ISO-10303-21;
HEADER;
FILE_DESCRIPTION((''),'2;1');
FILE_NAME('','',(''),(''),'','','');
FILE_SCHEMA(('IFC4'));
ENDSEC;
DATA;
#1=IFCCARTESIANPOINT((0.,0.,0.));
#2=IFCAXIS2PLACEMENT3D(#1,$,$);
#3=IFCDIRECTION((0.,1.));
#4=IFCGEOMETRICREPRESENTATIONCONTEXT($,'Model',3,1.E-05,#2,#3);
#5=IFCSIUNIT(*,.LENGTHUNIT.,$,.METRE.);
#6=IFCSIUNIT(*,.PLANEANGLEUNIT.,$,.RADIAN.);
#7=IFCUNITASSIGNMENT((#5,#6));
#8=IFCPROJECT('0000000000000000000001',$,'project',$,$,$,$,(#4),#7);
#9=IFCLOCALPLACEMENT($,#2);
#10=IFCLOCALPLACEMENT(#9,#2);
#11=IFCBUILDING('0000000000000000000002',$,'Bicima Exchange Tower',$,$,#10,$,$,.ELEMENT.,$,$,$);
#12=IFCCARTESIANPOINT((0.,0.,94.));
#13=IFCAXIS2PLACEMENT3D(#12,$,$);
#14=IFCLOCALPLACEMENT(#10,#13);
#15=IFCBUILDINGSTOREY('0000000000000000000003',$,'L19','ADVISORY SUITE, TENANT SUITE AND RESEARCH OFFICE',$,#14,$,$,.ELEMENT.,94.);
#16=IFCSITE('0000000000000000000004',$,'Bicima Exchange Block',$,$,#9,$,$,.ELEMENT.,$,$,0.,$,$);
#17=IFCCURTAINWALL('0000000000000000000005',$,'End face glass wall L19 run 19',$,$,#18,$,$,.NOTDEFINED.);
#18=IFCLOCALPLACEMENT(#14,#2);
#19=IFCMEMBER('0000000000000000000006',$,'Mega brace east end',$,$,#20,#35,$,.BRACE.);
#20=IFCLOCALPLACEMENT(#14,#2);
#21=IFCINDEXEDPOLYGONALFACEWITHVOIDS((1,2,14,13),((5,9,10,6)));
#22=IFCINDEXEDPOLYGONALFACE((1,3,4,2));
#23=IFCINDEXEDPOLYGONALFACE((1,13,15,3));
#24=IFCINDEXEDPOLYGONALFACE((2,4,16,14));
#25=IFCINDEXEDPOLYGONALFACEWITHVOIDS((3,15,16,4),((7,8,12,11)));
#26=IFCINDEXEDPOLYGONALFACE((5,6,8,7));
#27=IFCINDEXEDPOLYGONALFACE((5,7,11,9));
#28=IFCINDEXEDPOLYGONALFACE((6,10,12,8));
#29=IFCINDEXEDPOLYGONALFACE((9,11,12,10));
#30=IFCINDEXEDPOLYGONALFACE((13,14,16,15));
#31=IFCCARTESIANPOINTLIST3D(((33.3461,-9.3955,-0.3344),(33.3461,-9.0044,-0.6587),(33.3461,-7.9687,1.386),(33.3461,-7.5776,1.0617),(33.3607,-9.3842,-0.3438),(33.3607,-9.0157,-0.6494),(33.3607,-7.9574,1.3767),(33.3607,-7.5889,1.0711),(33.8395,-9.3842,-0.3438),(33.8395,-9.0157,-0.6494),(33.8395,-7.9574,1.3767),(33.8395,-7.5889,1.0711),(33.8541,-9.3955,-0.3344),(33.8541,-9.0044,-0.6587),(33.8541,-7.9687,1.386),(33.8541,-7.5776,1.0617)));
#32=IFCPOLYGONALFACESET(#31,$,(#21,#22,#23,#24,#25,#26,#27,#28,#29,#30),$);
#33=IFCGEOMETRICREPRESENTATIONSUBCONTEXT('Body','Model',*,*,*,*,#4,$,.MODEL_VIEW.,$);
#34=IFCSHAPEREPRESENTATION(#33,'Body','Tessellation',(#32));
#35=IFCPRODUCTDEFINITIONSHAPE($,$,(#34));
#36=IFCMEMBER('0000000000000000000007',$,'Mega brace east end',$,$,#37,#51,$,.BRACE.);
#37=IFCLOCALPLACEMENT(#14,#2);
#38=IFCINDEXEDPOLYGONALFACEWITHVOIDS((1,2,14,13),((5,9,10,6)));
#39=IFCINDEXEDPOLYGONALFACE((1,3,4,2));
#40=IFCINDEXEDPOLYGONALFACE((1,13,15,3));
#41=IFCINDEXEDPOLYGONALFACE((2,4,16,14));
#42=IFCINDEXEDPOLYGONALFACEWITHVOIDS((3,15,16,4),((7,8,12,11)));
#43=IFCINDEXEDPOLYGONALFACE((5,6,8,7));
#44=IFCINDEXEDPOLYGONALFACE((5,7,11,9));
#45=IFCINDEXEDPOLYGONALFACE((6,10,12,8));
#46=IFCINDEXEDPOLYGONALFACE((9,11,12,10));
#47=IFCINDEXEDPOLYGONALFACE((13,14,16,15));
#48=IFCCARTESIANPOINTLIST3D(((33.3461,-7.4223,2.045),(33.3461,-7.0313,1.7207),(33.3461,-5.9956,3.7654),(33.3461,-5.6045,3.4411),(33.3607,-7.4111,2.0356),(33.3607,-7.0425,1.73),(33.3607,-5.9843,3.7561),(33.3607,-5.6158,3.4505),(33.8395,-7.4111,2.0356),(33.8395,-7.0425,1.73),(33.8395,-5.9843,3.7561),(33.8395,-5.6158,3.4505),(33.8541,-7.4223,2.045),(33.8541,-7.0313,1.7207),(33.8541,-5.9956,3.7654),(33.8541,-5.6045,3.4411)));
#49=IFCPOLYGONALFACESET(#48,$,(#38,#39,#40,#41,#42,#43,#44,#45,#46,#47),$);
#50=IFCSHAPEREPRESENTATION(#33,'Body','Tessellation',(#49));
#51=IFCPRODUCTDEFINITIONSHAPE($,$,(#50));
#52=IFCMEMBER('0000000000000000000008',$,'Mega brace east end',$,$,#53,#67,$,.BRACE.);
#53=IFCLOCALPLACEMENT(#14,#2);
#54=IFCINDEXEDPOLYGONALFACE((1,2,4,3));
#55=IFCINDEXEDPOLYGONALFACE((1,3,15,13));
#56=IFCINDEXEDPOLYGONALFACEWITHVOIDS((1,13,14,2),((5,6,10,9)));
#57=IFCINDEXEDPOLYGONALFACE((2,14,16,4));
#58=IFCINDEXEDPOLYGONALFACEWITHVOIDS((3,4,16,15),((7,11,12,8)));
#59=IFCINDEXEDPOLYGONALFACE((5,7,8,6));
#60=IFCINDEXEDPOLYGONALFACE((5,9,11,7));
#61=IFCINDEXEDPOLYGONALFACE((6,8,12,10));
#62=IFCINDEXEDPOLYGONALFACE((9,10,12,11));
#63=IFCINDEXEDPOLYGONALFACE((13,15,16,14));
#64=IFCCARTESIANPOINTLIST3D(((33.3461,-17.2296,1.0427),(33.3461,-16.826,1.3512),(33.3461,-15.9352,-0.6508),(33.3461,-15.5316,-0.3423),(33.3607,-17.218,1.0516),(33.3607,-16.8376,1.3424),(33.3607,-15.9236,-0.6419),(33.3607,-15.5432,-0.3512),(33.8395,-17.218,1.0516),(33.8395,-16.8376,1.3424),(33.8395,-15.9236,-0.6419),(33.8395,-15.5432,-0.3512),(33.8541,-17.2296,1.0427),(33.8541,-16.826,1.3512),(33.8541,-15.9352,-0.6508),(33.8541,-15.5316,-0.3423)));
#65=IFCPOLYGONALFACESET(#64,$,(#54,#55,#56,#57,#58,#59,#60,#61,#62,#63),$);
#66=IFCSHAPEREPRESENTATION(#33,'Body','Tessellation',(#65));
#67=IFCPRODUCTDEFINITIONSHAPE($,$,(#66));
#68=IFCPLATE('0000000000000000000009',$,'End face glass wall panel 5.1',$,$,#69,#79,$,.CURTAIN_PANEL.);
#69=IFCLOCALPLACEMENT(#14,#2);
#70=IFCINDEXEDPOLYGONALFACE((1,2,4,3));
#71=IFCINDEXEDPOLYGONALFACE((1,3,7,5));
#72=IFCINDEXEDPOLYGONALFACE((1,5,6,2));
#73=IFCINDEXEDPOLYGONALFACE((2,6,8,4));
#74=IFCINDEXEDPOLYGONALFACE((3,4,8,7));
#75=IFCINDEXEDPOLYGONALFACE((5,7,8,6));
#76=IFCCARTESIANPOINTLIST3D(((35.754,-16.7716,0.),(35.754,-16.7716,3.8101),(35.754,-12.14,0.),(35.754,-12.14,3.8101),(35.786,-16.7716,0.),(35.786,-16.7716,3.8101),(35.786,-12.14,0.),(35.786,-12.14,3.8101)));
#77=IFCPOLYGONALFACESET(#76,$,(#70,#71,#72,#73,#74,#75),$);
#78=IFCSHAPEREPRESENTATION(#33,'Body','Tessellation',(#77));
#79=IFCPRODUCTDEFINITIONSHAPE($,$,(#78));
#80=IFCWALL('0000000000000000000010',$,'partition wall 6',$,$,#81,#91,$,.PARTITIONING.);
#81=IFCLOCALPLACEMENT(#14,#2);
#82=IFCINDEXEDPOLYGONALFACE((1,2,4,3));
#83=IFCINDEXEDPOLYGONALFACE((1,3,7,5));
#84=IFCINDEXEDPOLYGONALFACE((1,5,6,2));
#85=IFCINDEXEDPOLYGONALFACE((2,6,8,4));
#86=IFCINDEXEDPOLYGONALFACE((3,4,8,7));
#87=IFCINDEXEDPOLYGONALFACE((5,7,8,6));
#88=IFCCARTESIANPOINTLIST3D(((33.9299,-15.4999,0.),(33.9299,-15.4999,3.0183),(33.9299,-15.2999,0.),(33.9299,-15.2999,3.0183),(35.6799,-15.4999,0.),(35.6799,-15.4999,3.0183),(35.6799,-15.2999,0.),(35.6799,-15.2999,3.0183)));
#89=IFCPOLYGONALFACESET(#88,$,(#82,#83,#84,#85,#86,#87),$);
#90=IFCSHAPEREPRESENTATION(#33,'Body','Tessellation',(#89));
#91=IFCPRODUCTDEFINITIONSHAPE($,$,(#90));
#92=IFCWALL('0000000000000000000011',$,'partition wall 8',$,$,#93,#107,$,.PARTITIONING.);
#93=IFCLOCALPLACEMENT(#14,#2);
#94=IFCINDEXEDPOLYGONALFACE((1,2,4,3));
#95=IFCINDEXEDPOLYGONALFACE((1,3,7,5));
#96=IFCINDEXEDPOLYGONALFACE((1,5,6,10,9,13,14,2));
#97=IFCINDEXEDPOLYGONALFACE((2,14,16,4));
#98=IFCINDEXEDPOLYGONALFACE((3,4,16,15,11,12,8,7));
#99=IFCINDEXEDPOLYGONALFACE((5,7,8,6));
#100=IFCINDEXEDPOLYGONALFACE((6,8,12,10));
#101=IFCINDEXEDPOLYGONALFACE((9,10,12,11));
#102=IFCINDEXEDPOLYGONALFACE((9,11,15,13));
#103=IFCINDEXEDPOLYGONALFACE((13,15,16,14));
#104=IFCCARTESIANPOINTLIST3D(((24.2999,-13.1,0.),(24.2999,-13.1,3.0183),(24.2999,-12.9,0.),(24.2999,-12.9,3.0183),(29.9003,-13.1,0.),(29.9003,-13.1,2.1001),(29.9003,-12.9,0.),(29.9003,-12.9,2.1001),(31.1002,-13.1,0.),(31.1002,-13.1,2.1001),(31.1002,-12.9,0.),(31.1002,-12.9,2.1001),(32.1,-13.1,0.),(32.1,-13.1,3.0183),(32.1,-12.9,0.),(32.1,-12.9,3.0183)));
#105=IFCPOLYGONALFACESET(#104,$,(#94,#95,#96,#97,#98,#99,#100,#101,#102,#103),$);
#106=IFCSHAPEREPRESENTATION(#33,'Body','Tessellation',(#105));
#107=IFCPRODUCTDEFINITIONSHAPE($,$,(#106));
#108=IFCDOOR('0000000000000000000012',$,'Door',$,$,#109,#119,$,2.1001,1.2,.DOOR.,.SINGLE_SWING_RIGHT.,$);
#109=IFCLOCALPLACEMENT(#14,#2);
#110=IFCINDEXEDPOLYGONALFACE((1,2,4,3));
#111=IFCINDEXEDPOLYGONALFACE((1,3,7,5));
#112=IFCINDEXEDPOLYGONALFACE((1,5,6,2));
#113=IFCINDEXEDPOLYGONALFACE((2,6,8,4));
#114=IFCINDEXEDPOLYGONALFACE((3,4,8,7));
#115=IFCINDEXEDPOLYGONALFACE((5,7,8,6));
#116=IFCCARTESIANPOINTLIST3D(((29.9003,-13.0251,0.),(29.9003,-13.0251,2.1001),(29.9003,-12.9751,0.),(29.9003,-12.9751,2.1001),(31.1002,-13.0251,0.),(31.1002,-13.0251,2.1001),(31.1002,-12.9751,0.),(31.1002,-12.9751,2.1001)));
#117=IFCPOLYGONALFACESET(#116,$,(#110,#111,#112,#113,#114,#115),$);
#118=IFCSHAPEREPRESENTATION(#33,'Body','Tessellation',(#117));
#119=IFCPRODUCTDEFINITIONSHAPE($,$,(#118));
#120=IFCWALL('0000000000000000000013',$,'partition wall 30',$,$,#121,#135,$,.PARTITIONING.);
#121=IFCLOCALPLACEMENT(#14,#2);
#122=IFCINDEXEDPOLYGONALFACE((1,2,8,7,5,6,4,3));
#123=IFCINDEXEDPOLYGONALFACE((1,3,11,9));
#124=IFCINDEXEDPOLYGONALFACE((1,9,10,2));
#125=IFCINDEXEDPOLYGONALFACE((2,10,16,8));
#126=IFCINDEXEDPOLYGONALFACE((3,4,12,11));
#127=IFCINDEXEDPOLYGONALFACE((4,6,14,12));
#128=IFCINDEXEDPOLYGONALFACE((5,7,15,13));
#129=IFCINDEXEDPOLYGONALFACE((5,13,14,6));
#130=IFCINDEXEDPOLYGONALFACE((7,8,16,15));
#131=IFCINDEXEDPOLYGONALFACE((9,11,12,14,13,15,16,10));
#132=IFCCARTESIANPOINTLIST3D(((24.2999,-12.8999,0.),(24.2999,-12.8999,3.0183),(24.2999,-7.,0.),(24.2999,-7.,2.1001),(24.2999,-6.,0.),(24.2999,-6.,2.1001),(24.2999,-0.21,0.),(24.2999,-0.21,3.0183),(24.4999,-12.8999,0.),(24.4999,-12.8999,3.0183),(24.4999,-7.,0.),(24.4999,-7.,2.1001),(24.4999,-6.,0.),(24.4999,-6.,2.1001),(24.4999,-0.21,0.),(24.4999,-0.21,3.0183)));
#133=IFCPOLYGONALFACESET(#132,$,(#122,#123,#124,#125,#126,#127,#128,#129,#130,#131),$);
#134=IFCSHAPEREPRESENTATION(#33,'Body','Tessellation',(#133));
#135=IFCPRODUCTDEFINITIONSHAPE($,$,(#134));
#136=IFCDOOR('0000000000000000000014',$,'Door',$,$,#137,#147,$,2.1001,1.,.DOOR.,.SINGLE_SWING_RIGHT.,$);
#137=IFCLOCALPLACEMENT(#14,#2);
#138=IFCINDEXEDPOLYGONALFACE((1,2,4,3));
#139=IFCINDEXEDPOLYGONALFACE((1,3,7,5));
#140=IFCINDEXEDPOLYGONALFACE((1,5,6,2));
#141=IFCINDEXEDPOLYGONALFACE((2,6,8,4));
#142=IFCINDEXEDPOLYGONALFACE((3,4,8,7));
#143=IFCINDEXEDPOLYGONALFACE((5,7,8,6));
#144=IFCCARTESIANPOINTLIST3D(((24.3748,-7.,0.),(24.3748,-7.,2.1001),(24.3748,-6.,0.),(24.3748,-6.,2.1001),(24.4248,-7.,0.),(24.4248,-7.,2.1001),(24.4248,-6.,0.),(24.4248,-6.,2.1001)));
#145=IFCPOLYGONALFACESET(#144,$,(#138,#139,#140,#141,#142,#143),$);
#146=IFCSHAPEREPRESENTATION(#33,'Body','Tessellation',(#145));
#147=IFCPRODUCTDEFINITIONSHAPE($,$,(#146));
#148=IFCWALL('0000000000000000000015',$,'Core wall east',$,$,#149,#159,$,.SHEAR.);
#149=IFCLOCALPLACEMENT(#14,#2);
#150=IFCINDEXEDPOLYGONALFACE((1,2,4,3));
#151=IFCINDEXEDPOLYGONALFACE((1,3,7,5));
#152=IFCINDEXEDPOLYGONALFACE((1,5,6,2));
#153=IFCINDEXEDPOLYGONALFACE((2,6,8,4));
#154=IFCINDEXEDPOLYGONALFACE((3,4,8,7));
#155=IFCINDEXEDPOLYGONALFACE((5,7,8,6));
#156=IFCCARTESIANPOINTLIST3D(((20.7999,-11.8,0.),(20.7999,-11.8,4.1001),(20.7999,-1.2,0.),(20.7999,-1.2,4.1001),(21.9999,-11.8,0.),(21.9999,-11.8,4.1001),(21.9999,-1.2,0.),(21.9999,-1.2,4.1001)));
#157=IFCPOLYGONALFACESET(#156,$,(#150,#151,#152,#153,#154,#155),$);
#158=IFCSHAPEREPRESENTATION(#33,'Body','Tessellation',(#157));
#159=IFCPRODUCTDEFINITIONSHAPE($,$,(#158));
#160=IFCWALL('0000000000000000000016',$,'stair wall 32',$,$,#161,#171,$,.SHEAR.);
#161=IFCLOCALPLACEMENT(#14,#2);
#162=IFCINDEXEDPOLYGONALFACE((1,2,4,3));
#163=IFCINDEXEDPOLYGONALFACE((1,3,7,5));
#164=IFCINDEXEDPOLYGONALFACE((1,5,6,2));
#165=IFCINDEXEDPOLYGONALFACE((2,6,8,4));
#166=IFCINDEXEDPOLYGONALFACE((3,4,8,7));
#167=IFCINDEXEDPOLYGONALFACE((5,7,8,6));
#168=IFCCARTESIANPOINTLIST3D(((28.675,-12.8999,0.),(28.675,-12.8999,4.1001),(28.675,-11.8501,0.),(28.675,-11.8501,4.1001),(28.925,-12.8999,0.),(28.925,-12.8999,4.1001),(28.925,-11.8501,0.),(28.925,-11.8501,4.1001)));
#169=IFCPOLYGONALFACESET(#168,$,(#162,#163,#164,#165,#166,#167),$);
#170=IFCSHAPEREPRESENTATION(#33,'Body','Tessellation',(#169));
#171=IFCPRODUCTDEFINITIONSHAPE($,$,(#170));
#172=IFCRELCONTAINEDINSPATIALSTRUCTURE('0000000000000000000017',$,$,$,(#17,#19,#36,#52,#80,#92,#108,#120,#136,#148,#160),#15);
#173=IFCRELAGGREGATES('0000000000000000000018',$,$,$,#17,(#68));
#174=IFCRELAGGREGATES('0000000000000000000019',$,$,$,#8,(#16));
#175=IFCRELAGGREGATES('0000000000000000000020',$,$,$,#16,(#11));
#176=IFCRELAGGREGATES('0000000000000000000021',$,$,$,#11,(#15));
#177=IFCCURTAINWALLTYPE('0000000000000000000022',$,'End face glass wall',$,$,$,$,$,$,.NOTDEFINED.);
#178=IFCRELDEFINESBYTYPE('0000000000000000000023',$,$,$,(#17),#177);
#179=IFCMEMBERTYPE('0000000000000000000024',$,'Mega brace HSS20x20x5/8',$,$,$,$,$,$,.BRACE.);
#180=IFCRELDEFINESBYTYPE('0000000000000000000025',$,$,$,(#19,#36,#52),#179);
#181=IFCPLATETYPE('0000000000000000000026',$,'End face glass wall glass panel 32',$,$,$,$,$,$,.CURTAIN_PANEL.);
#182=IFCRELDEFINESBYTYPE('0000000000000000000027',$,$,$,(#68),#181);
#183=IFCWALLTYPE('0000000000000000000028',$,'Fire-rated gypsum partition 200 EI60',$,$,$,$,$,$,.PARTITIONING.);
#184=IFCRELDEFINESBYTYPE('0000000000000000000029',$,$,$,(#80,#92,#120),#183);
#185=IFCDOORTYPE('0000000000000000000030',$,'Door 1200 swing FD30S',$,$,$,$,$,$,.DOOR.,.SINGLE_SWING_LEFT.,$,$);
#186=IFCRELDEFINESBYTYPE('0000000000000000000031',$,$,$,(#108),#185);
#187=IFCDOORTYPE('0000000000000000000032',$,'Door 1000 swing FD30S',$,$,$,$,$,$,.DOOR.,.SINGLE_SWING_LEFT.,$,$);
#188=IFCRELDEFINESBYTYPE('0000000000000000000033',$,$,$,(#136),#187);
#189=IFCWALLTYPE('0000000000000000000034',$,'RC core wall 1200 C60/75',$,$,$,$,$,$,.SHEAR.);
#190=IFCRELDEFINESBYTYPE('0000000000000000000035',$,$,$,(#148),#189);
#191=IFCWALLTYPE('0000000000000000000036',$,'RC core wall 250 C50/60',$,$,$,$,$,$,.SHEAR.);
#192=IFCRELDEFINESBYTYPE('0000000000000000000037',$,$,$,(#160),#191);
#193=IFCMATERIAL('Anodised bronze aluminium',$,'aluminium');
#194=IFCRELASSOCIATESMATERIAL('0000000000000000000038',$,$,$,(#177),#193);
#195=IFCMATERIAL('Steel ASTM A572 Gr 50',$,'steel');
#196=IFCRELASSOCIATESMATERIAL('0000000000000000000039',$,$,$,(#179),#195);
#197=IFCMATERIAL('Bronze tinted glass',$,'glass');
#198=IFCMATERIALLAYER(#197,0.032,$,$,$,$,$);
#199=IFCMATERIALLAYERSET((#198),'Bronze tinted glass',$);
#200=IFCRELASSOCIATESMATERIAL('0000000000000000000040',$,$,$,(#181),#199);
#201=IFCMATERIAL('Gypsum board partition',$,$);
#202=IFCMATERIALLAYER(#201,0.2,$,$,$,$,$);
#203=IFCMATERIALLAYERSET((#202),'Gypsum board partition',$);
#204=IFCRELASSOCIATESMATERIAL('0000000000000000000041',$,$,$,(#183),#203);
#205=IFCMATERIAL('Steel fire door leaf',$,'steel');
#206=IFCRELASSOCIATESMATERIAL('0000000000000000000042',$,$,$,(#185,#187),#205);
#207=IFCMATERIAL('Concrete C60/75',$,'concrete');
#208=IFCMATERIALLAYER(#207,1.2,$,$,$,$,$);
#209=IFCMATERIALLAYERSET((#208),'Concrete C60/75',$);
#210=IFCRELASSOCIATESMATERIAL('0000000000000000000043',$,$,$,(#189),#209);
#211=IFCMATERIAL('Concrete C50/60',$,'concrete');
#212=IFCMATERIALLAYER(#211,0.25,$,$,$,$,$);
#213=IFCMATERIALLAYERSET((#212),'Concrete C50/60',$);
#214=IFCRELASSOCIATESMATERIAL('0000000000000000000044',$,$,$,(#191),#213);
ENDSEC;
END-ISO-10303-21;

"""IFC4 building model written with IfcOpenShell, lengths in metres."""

from ifc_helpers import new_model, si_unit, direction, frame, frame_2d, origin, origin_2d, place, context, subcontext, project, spatial, rectangle, hollow_rectangle, extrude, material, layer, layer_set, material_profile, profile_set, type_object, element, fill, aggregate, save


model = new_model("IFC4")

# Units and contexts
model_context = context("Model", 3, precision=1e-05, world=origin(), true_north=direction((0.0, 1.0)))
body_context = subcontext(model_context, "Body", "Model", "MODEL_VIEW")
ifc_project = project(units=[si_unit("LENGTHUNIT", "METRE"), si_unit("PLANEANGLEUNIT", "RADIAN")], contexts=[model_context])

# Site, building, storey
site_placement = place(None, origin())
site = spatial("IfcSite", under=ifc_project, at=site_placement, Name="Bicima Exchange Block", CompositionType="ELEMENT", RefElevation=0.0)
building_placement = place(site_placement, origin())
building = spatial("IfcBuilding", under=site, at=building_placement, Name="Bicima Exchange Tower", CompositionType="ELEMENT")
storey_placement = place(building_placement, frame((0.0, 0.0, 94.0)))
storey = spatial("IfcBuildingStorey", under=building, at=storey_placement, Name="L19", Description="ADVISORY SUITE, TENANT SUITE AND RESEARCH OFFICE", CompositionType="ELEMENT", Elevation=94.0)

# Shared definitions
ifc_material_1 = material(Name="Steel ASTM A572 Gr 50", Category="steel")

# Curtain wall
ifc_material_2 = material(Name="Anodised bronze aluminium", Category="aluminium")
curtain_wall_type = type_object("IfcCurtainWallType", Name="End face glass wall", PredefinedType="NOTDEFINED", material=ifc_material_2)
curtain_wall_placement = place(storey_placement, origin())
curtain_wall = element("IfcCurtainWall", 1, at=curtain_wall_placement, inside=storey, type_object=curtain_wall_type, Name="End face glass wall L19 run 19", PredefinedType="NOTDEFINED")

# Members
ifc_material_profile_1 = material_profile(ifc_material_1, hollow_rectangle(XDim=0.5081, YDim=0.5081, WallThickness=0.0146, at=origin_2d()))
ifc_profile_set_1 = profile_set([ifc_material_profile_1], Name="Steel ASTM A572 Gr 50")
member_type_1 = type_object("IfcMemberType", Name="Mega brace HSS20x20x5/8", PredefinedType="BRACE", material=ifc_profile_set_1)
for number, where, z_axis, x_axis, name in (
    (2, (33.6001, -9.2, -0.4966), (0.0, 0.638345, 0.76975), (-1.0, 0.0, 0.0), "Mega brace east end"),
    (3, (33.6001, -7.2268, 1.8828), (0.0, 0.638345, 0.76975), (-1.0, 0.0, 0.0), "Mega brace east end"),
):
    element("IfcMember", number, at=place(storey_placement, frame(where, z_axis=z_axis, x_axis=x_axis)), inside=storey, type_object=member_type_1, Name=name, PredefinedType="BRACE", context=body_context, shape_type="SweptSolid", body=[
        extrude(hollow_rectangle(XDim=0.5081, YDim=0.5081, WallThickness=0.0146, at=origin_2d()), origin(), (0.0, 0.0, 1.0), 2.2351),
    ])
member_1_placement = place(storey_placement, frame((33.6001, -15.7334, -0.4966), z_axis=(0.0, -0.60725, 0.794511), x_axis=(1.0, 0.0, 0.0)))
element("IfcMember", 4, at=member_1_placement, inside=storey, type_object=member_type_1, Name="Mega brace east end", PredefinedType="BRACE", context=body_context, shape_type="SweptSolid", body=[
    extrude(hollow_rectangle(XDim=0.5081, YDim=0.5081, WallThickness=0.0146, at=origin_2d()), origin(), (0.0, 0.0, 1.0), 2.1316),
])

# Plate
ifc_material_3 = material(Name="Bronze tinted glass", Category="glass")
ifc_layer_1 = layer(ifc_material_3, 0.032)
ifc_layer_set_1 = layer_set([ifc_layer_1], Name="Bronze tinted glass")
plate_type = type_object("IfcPlateType", Name="End face glass wall glass panel 32", PredefinedType="CURTAIN_PANEL", material=ifc_layer_set_1)
plate_placement = place(storey_placement, frame((35.77, -14.4558, 0.0), z_axis=(0.0, 0.0, 1.0), x_axis=(0.0, 1.0, 0.0)))
plate = element("IfcPlate", 5, at=plate_placement, type_object=plate_type, Name="End face glass wall panel 5.1", PredefinedType="CURTAIN_PANEL", context=body_context, shape_type="SweptSolid", body=[
    extrude(rectangle(XDim=4.6316, YDim=0.032, at=origin_2d()), origin(), (0.0, 0.0, 1.0), 3.8101),
])
aggregate(curtain_wall, [plate])

# Wall
ifc_material_4 = material(Name="Gypsum board partition")
ifc_layer_2 = layer(ifc_material_4, 0.2)
ifc_layer_set_2 = layer_set([ifc_layer_2], Name="Gypsum board partition")
wall_type_1 = type_object("IfcWallType", Name="Fire-rated gypsum partition 200 EI60", PredefinedType="PARTITIONING", material=ifc_layer_set_2)
wall_1_placement = place(storey_placement, frame((33.9299, -15.3999, 0.0), z_axis=(0.0, 0.0, 1.0), x_axis=(1.0, 0.0, 0.0)))
element("IfcWall", 6, at=wall_1_placement, inside=storey, type_object=wall_type_1, Name="partition wall 6", PredefinedType="PARTITIONING", context=body_context, shape_type="SweptSolid", body=[
    extrude(rectangle(XDim=1.75, YDim=0.2, at=frame_2d((0.875, 0.0))), origin(), (0.0, 0.0, 1.0), 3.0183),
])

# Walls, openings, doors
wall_2_placement = place(storey_placement, frame((24.3, -13.0, 0.0), z_axis=(0.0, 0.0, 1.0), x_axis=(1.0, 0.0, 0.0)))
wall_2 = element("IfcWall", 7, at=wall_2_placement, inside=storey, type_object=wall_type_1, Name="partition wall 8", PredefinedType="PARTITIONING", context=body_context, shape_type="SweptSolid", body=[
    extrude(rectangle(XDim=7.8, YDim=0.2, at=frame_2d((3.8999, 0.0))), origin(), (0.0, 0.0, 1.0), 3.0183),
])
opening_1_placement = place(wall_2_placement, frame((5.6001, 0.0, 0.0)))
opening_1 = element("IfcOpeningElement", 8, at=opening_1_placement, cuts=wall_2, PredefinedType="OPENING", context=body_context, shape_type="SweptSolid", body=[
    extrude(rectangle(XDim=1.2, YDim=2.1001, at=frame_2d((0.6001, 1.05))), frame((0.0, 0.1118, 0.0), z_axis=(0.0, -1.0, 0.0), x_axis=(1.0, 0.0, 0.0)), (0.0, 0.0, 1.0), 0.2239),
])
ifc_material_5 = material(Name="Steel fire door leaf", Category="steel")
door_type_1 = type_object("IfcDoorType", Name="Door 1200 swing FD30S", OperationType="SINGLE_SWING_LEFT", PredefinedType="DOOR", material=ifc_material_5)
door_1_placement = place(opening_1_placement, origin())
door_1 = element("IfcDoor", 9, at=door_1_placement, inside=storey, type_object=door_type_1, Name="Door", OperationType="SINGLE_SWING_RIGHT", OverallHeight=2.1001, OverallWidth=1.2, PredefinedType="DOOR", context=body_context, shape_type="SweptSolid", body=[
    extrude(rectangle(XDim=1.2, YDim=2.1001, at=frame_2d((0.6001, 1.05))), frame((0.0, 0.0249, 0.0), z_axis=(0.0, -1.0, 0.0), x_axis=(1.0, 0.0, 0.0)), (0.0, 0.0, 1.0), 0.05),
])
fill(opening_1, door_1)
wall_3_placement = place(storey_placement, frame((24.3999, -12.8999, 0.0), z_axis=(0.0, 0.0, 1.0), x_axis=(0.0, 1.0, 0.0)))
wall_3 = element("IfcWall", 10, at=wall_3_placement, inside=storey, type_object=wall_type_1, Name="partition wall 30", PredefinedType="PARTITIONING", context=body_context, shape_type="SweptSolid", body=[
    extrude(rectangle(XDim=12.6899, YDim=0.2, at=frame_2d((6.345, 0.0))), origin(), (0.0, 0.0, 1.0), 3.0183),
])
opening_2_placement = place(wall_3_placement, frame((5.8999, 0.0, 0.0)))
opening_2 = element("IfcOpeningElement", 11, at=opening_2_placement, cuts=wall_3, PredefinedType="OPENING", context=body_context, shape_type="SweptSolid", body=[
    extrude(rectangle(XDim=1.0, YDim=2.1001, at=frame_2d((0.5, 1.05))), frame((0.0, 0.1118, 0.0), z_axis=(0.0, -1.0, 0.0), x_axis=(1.0, 0.0, 0.0)), (0.0, 0.0, 1.0), 0.2239),
])
door_type_2 = type_object("IfcDoorType", Name="Door 1000 swing FD30S", OperationType="SINGLE_SWING_LEFT", PredefinedType="DOOR", material=ifc_material_5)
door_2_placement = place(opening_2_placement, frame((1.0, 0.0, 0.0), z_axis=(0.0, 0.0, 1.0), x_axis=(-1.0, 0.0, 0.0)))
door_2 = element("IfcDoor", 12, at=door_2_placement, inside=storey, type_object=door_type_2, Name="Door", OperationType="SINGLE_SWING_RIGHT", OverallHeight=2.1001, OverallWidth=1.0, PredefinedType="DOOR", context=body_context, shape_type="SweptSolid", body=[
    extrude(rectangle(XDim=1.0, YDim=2.1001, at=frame_2d((0.5, 1.05))), frame((0.0, 0.0249, 0.0), z_axis=(0.0, -1.0, 0.0), x_axis=(1.0, 0.0, 0.0)), (0.0, 0.0, 1.0), 0.05),
])
fill(opening_2, door_2)

# Walls
ifc_material_6 = material(Name="Concrete C60/75", Category="concrete")
ifc_layer_3 = layer(ifc_material_6, 1.2)
ifc_layer_set_3 = layer_set([ifc_layer_3], Name="Concrete C60/75")
wall_type_2 = type_object("IfcWallType", Name="RC core wall 1200 C60/75", PredefinedType="SHEAR", material=ifc_layer_set_3)
wall_4_placement = place(storey_placement, frame((21.3999, -11.8, 0.0), z_axis=(0.0, 0.0, 1.0), x_axis=(0.0, 1.0, 0.0)))
element("IfcWall", 13, at=wall_4_placement, inside=storey, type_object=wall_type_2, Name="Core wall east", PredefinedType="SHEAR", context=body_context, shape_type="SweptSolid", body=[
    extrude(rectangle(XDim=10.6001, YDim=1.2, at=frame_2d((5.3, 0.0))), origin(), (0.0, 0.0, 1.0), 4.1001),
])
ifc_material_7 = material(Name="Concrete C50/60", Category="concrete")
ifc_layer_4 = layer(ifc_material_7, 0.25)
ifc_layer_set_4 = layer_set([ifc_layer_4], Name="Concrete C50/60")
wall_type_3 = type_object("IfcWallType", Name="RC core wall 250 C50/60", PredefinedType="SHEAR", material=ifc_layer_set_4)
wall_5_placement = place(storey_placement, frame((28.8, -12.8999, 0.0), z_axis=(0.0, 0.0, 1.0), x_axis=(0.0, 1.0, 0.0)))
element("IfcWall", 14, at=wall_5_placement, inside=storey, type_object=wall_type_3, Name="stair wall 32", PredefinedType="SHEAR", context=body_context, shape_type="SweptSolid", body=[
    extrude(rectangle(XDim=1.0498, YDim=0.25, at=frame_2d((0.5249, 0.0))), origin(), (0.0, 0.0, 1.0), 4.1001),
])

save(model, "model.ifc")
